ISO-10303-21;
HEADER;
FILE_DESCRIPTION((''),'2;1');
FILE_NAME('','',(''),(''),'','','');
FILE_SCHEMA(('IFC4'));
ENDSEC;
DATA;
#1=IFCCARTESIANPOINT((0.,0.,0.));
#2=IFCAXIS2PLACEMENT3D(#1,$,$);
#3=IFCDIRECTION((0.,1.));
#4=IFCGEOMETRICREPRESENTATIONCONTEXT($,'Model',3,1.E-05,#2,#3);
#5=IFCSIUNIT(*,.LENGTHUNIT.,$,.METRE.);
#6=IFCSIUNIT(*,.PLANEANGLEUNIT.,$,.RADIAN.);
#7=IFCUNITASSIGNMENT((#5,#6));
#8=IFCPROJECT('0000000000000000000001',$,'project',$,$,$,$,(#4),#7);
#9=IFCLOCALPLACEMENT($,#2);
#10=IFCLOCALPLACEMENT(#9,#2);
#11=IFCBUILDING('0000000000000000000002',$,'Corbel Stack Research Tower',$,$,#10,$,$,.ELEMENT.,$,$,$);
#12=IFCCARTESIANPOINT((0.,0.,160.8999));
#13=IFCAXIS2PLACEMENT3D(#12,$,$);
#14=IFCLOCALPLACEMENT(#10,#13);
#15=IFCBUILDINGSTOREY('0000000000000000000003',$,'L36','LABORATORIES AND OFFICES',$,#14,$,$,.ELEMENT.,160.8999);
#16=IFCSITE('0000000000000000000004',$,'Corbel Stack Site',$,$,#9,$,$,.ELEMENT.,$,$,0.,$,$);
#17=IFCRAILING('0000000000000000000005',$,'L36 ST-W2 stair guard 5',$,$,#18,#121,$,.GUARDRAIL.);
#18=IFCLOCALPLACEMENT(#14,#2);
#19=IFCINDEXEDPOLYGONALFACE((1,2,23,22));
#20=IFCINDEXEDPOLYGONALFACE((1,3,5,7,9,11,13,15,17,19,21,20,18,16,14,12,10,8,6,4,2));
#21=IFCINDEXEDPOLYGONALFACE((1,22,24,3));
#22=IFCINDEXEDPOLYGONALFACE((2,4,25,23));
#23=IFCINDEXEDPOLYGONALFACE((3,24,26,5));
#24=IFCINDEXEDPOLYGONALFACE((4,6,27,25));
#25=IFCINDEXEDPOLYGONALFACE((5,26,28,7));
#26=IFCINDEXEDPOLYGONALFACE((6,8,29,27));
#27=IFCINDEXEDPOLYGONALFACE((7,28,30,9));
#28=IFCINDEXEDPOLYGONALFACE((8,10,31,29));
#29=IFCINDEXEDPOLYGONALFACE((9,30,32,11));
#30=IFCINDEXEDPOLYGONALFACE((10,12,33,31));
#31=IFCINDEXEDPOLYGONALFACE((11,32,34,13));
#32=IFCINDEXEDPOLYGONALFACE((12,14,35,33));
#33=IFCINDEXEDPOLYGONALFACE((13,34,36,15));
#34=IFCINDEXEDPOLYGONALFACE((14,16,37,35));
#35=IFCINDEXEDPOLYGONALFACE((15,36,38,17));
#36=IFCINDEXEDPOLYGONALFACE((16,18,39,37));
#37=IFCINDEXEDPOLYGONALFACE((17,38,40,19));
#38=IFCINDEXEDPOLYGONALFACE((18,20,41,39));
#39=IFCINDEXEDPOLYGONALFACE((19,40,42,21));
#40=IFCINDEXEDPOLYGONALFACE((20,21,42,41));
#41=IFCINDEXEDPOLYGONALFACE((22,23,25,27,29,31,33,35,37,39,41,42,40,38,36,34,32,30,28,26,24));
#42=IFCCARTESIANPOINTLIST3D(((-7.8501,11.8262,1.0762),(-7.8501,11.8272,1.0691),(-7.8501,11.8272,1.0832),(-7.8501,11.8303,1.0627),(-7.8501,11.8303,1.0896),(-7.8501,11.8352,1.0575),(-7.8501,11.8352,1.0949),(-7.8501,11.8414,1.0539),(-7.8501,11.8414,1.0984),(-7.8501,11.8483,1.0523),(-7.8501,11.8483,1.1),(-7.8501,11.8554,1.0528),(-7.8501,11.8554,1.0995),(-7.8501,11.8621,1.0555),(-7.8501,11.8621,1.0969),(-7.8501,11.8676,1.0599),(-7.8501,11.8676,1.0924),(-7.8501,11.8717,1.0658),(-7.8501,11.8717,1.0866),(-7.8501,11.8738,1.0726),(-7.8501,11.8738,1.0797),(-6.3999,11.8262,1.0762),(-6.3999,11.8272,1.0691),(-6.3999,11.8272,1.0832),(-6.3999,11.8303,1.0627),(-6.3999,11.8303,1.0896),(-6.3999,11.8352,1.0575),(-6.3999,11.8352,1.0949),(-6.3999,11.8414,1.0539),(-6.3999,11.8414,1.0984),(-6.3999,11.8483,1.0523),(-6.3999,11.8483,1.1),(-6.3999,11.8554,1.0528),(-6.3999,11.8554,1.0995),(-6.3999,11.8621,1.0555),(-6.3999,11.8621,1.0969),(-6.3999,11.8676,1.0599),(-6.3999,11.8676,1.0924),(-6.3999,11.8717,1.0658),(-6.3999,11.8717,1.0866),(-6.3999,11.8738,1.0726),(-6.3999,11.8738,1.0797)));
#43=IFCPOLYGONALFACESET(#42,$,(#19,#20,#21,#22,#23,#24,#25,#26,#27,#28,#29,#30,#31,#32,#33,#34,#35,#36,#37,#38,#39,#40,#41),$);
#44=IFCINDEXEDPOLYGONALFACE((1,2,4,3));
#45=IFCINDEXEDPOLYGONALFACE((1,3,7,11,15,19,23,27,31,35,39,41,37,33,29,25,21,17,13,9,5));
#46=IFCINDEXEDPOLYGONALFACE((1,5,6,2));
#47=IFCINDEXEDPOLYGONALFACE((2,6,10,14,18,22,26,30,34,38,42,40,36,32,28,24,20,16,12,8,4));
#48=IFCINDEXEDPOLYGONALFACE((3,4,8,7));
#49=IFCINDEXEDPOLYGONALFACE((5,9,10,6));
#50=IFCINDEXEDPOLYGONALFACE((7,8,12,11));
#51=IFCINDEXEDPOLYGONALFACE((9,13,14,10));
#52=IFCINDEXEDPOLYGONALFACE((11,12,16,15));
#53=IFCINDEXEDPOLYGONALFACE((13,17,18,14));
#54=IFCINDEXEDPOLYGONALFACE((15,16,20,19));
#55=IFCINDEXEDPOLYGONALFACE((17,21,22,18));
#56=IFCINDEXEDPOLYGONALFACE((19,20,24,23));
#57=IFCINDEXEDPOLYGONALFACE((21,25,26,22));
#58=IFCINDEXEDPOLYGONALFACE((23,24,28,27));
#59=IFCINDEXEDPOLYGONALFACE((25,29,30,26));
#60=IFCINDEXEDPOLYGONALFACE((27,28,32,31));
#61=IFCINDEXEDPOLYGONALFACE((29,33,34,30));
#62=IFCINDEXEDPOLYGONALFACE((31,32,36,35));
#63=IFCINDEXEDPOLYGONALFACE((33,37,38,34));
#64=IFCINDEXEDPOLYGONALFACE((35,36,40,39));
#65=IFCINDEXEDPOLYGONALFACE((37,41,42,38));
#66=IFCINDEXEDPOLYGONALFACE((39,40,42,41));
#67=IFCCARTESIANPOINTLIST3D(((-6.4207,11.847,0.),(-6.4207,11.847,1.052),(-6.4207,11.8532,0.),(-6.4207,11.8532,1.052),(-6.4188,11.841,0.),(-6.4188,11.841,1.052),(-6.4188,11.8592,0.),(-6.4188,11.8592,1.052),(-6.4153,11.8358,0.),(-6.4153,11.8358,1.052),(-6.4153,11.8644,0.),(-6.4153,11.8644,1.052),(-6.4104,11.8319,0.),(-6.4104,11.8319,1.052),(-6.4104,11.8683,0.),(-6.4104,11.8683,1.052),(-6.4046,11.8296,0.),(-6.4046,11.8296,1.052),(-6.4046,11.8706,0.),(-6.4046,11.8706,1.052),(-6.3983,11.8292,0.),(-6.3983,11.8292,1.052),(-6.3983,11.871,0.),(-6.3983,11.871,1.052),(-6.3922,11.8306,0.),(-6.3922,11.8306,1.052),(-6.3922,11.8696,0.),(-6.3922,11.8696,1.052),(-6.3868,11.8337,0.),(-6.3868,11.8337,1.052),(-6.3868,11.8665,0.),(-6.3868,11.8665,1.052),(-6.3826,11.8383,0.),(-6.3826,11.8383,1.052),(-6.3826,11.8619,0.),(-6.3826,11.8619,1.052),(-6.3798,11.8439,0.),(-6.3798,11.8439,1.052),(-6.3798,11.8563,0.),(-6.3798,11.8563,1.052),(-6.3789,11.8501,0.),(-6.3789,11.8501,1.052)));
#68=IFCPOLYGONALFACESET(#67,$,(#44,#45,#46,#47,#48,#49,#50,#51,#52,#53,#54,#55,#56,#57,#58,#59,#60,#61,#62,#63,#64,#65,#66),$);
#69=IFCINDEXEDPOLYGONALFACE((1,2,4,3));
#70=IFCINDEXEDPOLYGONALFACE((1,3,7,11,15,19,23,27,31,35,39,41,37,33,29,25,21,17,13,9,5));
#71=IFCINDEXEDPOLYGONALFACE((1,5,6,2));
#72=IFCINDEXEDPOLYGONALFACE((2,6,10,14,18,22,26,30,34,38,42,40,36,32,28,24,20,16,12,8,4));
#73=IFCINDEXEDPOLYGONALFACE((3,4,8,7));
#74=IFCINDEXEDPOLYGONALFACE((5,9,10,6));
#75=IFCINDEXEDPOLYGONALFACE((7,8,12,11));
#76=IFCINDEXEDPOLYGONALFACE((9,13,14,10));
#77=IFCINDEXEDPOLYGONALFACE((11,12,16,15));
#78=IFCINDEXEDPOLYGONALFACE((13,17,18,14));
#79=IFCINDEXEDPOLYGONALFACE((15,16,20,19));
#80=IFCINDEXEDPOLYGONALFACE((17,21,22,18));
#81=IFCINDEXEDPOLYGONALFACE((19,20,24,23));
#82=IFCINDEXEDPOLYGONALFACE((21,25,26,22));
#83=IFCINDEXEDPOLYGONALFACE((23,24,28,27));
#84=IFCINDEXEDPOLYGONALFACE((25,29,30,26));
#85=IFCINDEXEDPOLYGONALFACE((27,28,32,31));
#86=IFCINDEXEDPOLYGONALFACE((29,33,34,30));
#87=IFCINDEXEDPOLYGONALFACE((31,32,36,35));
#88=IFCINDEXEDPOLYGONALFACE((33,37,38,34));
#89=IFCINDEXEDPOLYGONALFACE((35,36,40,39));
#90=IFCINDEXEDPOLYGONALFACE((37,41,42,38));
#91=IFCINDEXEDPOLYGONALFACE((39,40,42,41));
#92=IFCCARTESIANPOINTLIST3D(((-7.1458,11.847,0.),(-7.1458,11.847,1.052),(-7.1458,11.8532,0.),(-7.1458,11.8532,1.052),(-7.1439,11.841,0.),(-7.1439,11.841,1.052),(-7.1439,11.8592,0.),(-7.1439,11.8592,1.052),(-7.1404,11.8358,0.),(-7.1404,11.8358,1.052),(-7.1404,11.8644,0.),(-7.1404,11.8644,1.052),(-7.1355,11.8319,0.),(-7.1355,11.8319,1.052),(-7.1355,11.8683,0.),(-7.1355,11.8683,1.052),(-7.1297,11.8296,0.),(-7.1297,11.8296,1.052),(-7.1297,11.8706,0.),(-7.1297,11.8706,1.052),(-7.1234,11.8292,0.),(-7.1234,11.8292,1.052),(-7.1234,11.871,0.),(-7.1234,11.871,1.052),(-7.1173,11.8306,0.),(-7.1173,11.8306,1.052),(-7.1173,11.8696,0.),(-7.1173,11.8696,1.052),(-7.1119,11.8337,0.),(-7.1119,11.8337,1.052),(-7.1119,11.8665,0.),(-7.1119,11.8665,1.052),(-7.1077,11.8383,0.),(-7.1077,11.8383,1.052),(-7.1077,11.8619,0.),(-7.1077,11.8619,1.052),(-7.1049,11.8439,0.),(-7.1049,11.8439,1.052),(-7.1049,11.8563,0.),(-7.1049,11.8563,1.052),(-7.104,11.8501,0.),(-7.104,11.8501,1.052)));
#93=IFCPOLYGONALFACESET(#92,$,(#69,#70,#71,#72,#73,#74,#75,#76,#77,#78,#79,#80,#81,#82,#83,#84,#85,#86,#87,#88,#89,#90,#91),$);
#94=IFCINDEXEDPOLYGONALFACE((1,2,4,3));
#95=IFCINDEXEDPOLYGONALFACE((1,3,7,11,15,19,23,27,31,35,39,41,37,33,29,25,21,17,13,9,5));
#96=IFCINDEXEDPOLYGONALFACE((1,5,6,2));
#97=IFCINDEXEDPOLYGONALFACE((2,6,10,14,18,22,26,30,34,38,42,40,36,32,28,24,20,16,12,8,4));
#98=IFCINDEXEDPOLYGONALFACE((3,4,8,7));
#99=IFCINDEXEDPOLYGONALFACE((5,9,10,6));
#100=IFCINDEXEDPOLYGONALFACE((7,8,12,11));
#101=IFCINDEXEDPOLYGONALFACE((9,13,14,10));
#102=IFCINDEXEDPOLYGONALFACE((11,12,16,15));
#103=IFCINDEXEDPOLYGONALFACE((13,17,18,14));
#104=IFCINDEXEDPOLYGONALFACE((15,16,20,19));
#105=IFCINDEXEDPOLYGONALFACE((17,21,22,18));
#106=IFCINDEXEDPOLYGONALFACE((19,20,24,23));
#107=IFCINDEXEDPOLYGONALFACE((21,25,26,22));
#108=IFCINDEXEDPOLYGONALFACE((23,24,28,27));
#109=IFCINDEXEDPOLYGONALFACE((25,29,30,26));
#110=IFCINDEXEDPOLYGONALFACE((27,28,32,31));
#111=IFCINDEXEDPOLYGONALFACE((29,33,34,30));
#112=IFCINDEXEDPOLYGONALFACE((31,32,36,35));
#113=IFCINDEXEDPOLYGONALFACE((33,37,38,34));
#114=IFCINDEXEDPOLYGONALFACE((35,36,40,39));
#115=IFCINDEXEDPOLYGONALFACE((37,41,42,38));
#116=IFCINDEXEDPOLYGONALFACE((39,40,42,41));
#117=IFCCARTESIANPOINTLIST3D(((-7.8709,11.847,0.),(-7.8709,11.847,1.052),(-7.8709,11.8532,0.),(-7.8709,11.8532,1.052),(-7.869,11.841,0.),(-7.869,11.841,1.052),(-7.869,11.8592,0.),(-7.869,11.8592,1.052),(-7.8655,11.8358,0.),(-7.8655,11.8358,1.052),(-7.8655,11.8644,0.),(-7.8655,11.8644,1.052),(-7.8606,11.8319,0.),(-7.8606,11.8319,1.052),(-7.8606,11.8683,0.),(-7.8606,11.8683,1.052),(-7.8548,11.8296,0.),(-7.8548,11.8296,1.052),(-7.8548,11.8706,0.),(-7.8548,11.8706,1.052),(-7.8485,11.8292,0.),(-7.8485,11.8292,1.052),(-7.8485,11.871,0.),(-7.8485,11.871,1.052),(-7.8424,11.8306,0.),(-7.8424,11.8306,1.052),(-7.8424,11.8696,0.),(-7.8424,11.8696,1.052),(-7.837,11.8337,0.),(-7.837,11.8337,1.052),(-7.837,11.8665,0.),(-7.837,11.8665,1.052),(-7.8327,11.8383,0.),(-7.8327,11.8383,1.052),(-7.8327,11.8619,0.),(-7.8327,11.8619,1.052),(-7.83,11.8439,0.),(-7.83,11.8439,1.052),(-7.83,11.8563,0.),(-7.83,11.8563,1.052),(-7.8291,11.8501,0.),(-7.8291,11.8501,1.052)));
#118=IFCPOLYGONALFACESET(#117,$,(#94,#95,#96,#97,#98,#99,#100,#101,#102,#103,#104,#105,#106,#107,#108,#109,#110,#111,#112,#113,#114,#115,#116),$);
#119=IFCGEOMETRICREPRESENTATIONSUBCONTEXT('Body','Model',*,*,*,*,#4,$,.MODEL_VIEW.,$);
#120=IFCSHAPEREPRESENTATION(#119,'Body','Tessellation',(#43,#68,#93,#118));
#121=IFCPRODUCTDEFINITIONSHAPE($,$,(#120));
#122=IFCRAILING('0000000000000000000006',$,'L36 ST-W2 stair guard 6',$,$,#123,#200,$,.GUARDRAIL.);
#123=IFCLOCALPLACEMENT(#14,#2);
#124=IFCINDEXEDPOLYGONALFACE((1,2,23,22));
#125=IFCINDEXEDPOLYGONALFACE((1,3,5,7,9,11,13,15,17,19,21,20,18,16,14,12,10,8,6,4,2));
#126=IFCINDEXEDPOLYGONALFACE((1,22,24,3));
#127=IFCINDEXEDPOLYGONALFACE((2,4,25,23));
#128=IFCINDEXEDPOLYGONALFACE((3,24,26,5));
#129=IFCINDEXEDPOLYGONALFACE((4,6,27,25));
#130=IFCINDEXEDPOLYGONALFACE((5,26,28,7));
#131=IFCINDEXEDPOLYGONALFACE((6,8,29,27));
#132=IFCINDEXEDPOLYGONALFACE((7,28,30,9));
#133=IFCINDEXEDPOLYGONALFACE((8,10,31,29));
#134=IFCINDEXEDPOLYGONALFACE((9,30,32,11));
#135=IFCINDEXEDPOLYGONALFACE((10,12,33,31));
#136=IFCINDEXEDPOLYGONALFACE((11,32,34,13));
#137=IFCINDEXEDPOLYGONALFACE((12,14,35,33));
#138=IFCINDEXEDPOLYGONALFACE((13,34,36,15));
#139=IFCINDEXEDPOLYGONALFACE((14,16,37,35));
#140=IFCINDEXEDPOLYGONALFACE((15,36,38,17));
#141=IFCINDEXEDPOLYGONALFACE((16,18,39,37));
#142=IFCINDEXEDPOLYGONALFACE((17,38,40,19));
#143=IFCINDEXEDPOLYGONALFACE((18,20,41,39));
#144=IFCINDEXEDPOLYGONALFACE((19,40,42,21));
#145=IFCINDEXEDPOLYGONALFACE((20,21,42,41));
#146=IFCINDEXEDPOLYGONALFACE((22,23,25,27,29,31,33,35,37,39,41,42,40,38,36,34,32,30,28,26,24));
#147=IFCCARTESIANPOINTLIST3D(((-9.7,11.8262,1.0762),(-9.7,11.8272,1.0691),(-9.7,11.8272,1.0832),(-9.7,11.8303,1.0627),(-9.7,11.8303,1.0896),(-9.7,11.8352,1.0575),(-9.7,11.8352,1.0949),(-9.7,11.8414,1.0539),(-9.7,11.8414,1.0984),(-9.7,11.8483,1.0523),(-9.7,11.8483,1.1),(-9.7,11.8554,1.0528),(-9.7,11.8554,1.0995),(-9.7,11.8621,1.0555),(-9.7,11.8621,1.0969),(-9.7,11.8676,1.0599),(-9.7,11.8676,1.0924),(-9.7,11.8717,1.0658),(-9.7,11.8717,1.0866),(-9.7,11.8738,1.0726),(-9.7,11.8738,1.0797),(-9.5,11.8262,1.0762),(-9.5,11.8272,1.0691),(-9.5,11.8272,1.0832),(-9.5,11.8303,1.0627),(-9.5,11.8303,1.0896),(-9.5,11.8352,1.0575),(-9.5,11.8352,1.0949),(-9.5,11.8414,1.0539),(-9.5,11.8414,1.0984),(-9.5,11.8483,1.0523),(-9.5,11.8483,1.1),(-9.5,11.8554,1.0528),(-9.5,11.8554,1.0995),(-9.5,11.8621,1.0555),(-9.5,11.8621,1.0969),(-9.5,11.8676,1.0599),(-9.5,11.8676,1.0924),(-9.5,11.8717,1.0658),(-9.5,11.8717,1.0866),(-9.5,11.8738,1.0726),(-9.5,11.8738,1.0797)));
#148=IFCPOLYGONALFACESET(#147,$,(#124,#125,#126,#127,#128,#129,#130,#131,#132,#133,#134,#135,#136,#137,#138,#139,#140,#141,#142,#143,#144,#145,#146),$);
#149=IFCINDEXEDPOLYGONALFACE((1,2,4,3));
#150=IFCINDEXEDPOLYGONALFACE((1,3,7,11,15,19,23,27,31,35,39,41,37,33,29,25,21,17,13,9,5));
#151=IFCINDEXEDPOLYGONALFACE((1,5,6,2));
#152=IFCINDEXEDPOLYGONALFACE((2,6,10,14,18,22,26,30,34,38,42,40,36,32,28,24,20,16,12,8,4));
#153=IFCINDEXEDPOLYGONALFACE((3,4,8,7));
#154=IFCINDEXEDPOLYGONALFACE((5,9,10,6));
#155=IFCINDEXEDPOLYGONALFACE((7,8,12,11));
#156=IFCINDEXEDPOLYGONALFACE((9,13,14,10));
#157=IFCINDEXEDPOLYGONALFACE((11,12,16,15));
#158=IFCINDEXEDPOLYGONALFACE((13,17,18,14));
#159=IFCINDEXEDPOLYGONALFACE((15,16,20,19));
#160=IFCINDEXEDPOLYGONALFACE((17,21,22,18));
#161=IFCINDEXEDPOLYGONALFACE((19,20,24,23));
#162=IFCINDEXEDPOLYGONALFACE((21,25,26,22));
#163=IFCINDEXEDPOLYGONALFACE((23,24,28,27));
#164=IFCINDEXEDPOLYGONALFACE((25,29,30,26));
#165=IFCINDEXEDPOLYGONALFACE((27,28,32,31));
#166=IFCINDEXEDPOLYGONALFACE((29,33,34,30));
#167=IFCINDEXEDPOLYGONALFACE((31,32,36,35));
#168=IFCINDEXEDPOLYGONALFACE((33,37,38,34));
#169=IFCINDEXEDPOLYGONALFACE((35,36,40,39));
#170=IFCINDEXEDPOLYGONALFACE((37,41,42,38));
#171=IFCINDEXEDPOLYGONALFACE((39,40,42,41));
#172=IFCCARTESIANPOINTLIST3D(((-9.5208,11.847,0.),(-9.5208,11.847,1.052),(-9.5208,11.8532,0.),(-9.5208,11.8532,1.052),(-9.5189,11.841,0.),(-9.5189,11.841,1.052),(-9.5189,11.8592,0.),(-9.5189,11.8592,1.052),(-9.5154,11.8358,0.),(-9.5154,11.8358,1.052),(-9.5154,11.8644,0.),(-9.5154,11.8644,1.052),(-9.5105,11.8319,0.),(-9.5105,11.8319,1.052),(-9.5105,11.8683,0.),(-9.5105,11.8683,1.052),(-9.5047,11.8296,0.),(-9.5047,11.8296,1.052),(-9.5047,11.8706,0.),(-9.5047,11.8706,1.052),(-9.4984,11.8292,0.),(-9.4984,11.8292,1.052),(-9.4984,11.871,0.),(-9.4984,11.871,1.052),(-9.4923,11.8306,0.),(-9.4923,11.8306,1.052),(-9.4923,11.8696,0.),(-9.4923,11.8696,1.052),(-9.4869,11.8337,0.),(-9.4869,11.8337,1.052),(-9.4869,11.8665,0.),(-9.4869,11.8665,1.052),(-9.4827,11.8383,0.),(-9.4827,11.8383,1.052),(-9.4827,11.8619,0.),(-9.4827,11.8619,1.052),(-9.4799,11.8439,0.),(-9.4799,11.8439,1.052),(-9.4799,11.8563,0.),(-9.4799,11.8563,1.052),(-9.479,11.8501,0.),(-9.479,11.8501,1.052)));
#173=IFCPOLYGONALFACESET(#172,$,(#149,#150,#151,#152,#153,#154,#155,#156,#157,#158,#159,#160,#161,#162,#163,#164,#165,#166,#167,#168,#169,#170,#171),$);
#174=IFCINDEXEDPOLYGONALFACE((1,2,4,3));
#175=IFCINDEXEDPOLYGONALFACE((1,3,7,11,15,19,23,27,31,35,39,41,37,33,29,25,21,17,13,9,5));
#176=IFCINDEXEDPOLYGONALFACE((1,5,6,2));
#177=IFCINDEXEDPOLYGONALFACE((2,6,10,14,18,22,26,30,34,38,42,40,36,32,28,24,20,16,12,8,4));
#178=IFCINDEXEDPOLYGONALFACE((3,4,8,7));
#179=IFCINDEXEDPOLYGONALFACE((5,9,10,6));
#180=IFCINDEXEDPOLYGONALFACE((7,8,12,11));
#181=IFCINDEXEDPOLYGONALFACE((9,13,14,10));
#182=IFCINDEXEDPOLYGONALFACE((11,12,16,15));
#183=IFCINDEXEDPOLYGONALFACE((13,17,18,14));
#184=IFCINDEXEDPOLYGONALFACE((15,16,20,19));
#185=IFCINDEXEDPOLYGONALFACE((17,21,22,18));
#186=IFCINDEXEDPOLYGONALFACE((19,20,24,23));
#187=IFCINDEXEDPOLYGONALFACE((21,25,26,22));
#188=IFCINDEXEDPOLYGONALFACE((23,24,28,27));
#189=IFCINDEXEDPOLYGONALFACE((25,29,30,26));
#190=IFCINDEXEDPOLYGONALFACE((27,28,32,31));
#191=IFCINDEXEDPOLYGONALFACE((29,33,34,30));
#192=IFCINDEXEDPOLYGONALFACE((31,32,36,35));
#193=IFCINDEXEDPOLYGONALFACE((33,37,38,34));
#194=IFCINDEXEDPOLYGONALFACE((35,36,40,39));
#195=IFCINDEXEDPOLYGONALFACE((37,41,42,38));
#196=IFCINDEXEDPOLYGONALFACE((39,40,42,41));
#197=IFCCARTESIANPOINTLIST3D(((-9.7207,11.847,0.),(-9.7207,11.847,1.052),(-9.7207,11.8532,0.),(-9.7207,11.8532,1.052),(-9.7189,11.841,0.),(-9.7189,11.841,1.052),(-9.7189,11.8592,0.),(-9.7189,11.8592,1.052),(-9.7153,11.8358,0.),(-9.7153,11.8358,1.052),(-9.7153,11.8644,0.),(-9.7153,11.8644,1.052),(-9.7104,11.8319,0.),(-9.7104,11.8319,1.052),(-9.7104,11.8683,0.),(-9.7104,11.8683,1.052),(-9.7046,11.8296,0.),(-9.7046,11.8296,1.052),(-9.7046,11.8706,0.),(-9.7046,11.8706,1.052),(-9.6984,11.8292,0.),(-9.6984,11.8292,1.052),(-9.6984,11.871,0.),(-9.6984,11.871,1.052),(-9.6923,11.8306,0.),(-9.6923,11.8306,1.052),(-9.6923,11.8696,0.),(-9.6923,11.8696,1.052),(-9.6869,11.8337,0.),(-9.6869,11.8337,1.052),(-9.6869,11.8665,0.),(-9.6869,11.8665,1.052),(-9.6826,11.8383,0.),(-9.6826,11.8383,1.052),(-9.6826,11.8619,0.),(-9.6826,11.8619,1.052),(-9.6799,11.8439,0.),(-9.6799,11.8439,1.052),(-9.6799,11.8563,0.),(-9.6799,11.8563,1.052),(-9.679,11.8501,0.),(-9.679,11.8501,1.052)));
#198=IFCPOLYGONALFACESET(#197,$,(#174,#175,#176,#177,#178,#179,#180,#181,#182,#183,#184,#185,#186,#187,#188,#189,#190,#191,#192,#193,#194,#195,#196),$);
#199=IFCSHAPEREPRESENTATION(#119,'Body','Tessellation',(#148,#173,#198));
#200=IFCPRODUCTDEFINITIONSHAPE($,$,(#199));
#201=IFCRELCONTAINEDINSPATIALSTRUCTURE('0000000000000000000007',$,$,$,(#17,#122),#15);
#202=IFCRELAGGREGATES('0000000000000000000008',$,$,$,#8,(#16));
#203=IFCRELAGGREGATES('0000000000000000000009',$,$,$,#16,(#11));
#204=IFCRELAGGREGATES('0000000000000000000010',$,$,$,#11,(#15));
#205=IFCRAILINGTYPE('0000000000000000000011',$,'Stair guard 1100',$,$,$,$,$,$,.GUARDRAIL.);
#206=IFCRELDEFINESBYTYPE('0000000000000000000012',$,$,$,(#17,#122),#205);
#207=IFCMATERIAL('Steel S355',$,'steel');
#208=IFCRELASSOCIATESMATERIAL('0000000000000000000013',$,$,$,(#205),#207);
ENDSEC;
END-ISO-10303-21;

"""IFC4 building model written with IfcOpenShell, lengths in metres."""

from ifc_helpers import new_model, si_unit, direction, frame, origin, origin_2d, place, context, subcontext, project, spatial, circle, extrude, material, type_object, element, save


model = new_model("IFC4")

# Units and contexts
model_context = context("Model", 3, precision=1e-05, world=origin(), true_north=direction((0.0, 1.0)))
body_context = subcontext(model_context, "Body", "Model", "MODEL_VIEW")
ifc_project = project(units=[si_unit("LENGTHUNIT", "METRE"), si_unit("PLANEANGLEUNIT", "RADIAN")], contexts=[model_context])

# Site, building, storey
site_placement = place(None, origin())
site = spatial("IfcSite", under=ifc_project, at=site_placement, Name="Corbel Stack Site", CompositionType="ELEMENT", RefElevation=0.0)
building_placement = place(site_placement, origin())
building = spatial("IfcBuilding", under=site, at=building_placement, Name="Corbel Stack Research Tower", CompositionType="ELEMENT")
storey_placement = place(building_placement, frame((0.0, 0.0, 160.8999)))
storey = spatial("IfcBuildingStorey", under=building, at=storey_placement, Name="L36", Description="LABORATORIES AND OFFICES", CompositionType="ELEMENT", Elevation=160.8999)

# Railings
ifc_material_1 = material(Name="Steel S355", Category="steel")
railing_type = type_object("IfcRailingType", Name="Stair guard 1100", PredefinedType="GUARDRAIL", material=ifc_material_1)
railing_1_placement = place(storey_placement, frame((-6.3999, 11.8501, 0.0)))
element("IfcRailing", 1, at=railing_1_placement, inside=storey, type_object=railing_type, Name="L36 ST-W2 stair guard 5", PredefinedType="GUARDRAIL", context=body_context, shape_type="SweptSolid", body=[
    extrude(circle(Radius=0.0239, at=origin_2d()), frame((0.0, 0.0, 1.0762), z_axis=(-1.0, 0.0, 0.0), x_axis=(0.0, -1.0, 0.0)), (0.0, 0.0, 1.0), 1.4502),
    extrude(circle(Radius=0.021, at=origin_2d()), origin(), (0.0, 0.0, 1.0), 1.052),
    extrude(circle(Radius=0.021, at=origin_2d()), frame((-0.7251, 0.0, 0.0)), (0.0, 0.0, 1.0), 1.052),
    extrude(circle(Radius=0.021, at=origin_2d()), frame((-1.4502, 0.0, 0.0)), (0.0, 0.0, 1.0), 1.052),
])
railing_2_placement = place(storey_placement, frame((-9.5, 11.8501, 0.0)))
element("IfcRailing", 2, at=railing_2_placement, inside=storey, type_object=railing_type, Name="L36 ST-W2 stair guard 6", PredefinedType="GUARDRAIL", context=body_context, shape_type="SweptSolid", body=[
    extrude(circle(Radius=0.0239, at=origin_2d()), frame((0.0, 0.0, 1.0762), z_axis=(-1.0, 0.0, 0.0), x_axis=(0.0, -1.0, 0.0)), (0.0, 0.0, 1.0), 0.2),
    extrude(circle(Radius=0.021, at=origin_2d()), origin(), (0.0, 0.0, 1.0), 1.052),
    extrude(circle(Radius=0.021, at=origin_2d()), frame((-0.2, 0.0, 0.0)), (0.0, 0.0, 1.0), 1.052),
])

save(model, "model.ifc")
